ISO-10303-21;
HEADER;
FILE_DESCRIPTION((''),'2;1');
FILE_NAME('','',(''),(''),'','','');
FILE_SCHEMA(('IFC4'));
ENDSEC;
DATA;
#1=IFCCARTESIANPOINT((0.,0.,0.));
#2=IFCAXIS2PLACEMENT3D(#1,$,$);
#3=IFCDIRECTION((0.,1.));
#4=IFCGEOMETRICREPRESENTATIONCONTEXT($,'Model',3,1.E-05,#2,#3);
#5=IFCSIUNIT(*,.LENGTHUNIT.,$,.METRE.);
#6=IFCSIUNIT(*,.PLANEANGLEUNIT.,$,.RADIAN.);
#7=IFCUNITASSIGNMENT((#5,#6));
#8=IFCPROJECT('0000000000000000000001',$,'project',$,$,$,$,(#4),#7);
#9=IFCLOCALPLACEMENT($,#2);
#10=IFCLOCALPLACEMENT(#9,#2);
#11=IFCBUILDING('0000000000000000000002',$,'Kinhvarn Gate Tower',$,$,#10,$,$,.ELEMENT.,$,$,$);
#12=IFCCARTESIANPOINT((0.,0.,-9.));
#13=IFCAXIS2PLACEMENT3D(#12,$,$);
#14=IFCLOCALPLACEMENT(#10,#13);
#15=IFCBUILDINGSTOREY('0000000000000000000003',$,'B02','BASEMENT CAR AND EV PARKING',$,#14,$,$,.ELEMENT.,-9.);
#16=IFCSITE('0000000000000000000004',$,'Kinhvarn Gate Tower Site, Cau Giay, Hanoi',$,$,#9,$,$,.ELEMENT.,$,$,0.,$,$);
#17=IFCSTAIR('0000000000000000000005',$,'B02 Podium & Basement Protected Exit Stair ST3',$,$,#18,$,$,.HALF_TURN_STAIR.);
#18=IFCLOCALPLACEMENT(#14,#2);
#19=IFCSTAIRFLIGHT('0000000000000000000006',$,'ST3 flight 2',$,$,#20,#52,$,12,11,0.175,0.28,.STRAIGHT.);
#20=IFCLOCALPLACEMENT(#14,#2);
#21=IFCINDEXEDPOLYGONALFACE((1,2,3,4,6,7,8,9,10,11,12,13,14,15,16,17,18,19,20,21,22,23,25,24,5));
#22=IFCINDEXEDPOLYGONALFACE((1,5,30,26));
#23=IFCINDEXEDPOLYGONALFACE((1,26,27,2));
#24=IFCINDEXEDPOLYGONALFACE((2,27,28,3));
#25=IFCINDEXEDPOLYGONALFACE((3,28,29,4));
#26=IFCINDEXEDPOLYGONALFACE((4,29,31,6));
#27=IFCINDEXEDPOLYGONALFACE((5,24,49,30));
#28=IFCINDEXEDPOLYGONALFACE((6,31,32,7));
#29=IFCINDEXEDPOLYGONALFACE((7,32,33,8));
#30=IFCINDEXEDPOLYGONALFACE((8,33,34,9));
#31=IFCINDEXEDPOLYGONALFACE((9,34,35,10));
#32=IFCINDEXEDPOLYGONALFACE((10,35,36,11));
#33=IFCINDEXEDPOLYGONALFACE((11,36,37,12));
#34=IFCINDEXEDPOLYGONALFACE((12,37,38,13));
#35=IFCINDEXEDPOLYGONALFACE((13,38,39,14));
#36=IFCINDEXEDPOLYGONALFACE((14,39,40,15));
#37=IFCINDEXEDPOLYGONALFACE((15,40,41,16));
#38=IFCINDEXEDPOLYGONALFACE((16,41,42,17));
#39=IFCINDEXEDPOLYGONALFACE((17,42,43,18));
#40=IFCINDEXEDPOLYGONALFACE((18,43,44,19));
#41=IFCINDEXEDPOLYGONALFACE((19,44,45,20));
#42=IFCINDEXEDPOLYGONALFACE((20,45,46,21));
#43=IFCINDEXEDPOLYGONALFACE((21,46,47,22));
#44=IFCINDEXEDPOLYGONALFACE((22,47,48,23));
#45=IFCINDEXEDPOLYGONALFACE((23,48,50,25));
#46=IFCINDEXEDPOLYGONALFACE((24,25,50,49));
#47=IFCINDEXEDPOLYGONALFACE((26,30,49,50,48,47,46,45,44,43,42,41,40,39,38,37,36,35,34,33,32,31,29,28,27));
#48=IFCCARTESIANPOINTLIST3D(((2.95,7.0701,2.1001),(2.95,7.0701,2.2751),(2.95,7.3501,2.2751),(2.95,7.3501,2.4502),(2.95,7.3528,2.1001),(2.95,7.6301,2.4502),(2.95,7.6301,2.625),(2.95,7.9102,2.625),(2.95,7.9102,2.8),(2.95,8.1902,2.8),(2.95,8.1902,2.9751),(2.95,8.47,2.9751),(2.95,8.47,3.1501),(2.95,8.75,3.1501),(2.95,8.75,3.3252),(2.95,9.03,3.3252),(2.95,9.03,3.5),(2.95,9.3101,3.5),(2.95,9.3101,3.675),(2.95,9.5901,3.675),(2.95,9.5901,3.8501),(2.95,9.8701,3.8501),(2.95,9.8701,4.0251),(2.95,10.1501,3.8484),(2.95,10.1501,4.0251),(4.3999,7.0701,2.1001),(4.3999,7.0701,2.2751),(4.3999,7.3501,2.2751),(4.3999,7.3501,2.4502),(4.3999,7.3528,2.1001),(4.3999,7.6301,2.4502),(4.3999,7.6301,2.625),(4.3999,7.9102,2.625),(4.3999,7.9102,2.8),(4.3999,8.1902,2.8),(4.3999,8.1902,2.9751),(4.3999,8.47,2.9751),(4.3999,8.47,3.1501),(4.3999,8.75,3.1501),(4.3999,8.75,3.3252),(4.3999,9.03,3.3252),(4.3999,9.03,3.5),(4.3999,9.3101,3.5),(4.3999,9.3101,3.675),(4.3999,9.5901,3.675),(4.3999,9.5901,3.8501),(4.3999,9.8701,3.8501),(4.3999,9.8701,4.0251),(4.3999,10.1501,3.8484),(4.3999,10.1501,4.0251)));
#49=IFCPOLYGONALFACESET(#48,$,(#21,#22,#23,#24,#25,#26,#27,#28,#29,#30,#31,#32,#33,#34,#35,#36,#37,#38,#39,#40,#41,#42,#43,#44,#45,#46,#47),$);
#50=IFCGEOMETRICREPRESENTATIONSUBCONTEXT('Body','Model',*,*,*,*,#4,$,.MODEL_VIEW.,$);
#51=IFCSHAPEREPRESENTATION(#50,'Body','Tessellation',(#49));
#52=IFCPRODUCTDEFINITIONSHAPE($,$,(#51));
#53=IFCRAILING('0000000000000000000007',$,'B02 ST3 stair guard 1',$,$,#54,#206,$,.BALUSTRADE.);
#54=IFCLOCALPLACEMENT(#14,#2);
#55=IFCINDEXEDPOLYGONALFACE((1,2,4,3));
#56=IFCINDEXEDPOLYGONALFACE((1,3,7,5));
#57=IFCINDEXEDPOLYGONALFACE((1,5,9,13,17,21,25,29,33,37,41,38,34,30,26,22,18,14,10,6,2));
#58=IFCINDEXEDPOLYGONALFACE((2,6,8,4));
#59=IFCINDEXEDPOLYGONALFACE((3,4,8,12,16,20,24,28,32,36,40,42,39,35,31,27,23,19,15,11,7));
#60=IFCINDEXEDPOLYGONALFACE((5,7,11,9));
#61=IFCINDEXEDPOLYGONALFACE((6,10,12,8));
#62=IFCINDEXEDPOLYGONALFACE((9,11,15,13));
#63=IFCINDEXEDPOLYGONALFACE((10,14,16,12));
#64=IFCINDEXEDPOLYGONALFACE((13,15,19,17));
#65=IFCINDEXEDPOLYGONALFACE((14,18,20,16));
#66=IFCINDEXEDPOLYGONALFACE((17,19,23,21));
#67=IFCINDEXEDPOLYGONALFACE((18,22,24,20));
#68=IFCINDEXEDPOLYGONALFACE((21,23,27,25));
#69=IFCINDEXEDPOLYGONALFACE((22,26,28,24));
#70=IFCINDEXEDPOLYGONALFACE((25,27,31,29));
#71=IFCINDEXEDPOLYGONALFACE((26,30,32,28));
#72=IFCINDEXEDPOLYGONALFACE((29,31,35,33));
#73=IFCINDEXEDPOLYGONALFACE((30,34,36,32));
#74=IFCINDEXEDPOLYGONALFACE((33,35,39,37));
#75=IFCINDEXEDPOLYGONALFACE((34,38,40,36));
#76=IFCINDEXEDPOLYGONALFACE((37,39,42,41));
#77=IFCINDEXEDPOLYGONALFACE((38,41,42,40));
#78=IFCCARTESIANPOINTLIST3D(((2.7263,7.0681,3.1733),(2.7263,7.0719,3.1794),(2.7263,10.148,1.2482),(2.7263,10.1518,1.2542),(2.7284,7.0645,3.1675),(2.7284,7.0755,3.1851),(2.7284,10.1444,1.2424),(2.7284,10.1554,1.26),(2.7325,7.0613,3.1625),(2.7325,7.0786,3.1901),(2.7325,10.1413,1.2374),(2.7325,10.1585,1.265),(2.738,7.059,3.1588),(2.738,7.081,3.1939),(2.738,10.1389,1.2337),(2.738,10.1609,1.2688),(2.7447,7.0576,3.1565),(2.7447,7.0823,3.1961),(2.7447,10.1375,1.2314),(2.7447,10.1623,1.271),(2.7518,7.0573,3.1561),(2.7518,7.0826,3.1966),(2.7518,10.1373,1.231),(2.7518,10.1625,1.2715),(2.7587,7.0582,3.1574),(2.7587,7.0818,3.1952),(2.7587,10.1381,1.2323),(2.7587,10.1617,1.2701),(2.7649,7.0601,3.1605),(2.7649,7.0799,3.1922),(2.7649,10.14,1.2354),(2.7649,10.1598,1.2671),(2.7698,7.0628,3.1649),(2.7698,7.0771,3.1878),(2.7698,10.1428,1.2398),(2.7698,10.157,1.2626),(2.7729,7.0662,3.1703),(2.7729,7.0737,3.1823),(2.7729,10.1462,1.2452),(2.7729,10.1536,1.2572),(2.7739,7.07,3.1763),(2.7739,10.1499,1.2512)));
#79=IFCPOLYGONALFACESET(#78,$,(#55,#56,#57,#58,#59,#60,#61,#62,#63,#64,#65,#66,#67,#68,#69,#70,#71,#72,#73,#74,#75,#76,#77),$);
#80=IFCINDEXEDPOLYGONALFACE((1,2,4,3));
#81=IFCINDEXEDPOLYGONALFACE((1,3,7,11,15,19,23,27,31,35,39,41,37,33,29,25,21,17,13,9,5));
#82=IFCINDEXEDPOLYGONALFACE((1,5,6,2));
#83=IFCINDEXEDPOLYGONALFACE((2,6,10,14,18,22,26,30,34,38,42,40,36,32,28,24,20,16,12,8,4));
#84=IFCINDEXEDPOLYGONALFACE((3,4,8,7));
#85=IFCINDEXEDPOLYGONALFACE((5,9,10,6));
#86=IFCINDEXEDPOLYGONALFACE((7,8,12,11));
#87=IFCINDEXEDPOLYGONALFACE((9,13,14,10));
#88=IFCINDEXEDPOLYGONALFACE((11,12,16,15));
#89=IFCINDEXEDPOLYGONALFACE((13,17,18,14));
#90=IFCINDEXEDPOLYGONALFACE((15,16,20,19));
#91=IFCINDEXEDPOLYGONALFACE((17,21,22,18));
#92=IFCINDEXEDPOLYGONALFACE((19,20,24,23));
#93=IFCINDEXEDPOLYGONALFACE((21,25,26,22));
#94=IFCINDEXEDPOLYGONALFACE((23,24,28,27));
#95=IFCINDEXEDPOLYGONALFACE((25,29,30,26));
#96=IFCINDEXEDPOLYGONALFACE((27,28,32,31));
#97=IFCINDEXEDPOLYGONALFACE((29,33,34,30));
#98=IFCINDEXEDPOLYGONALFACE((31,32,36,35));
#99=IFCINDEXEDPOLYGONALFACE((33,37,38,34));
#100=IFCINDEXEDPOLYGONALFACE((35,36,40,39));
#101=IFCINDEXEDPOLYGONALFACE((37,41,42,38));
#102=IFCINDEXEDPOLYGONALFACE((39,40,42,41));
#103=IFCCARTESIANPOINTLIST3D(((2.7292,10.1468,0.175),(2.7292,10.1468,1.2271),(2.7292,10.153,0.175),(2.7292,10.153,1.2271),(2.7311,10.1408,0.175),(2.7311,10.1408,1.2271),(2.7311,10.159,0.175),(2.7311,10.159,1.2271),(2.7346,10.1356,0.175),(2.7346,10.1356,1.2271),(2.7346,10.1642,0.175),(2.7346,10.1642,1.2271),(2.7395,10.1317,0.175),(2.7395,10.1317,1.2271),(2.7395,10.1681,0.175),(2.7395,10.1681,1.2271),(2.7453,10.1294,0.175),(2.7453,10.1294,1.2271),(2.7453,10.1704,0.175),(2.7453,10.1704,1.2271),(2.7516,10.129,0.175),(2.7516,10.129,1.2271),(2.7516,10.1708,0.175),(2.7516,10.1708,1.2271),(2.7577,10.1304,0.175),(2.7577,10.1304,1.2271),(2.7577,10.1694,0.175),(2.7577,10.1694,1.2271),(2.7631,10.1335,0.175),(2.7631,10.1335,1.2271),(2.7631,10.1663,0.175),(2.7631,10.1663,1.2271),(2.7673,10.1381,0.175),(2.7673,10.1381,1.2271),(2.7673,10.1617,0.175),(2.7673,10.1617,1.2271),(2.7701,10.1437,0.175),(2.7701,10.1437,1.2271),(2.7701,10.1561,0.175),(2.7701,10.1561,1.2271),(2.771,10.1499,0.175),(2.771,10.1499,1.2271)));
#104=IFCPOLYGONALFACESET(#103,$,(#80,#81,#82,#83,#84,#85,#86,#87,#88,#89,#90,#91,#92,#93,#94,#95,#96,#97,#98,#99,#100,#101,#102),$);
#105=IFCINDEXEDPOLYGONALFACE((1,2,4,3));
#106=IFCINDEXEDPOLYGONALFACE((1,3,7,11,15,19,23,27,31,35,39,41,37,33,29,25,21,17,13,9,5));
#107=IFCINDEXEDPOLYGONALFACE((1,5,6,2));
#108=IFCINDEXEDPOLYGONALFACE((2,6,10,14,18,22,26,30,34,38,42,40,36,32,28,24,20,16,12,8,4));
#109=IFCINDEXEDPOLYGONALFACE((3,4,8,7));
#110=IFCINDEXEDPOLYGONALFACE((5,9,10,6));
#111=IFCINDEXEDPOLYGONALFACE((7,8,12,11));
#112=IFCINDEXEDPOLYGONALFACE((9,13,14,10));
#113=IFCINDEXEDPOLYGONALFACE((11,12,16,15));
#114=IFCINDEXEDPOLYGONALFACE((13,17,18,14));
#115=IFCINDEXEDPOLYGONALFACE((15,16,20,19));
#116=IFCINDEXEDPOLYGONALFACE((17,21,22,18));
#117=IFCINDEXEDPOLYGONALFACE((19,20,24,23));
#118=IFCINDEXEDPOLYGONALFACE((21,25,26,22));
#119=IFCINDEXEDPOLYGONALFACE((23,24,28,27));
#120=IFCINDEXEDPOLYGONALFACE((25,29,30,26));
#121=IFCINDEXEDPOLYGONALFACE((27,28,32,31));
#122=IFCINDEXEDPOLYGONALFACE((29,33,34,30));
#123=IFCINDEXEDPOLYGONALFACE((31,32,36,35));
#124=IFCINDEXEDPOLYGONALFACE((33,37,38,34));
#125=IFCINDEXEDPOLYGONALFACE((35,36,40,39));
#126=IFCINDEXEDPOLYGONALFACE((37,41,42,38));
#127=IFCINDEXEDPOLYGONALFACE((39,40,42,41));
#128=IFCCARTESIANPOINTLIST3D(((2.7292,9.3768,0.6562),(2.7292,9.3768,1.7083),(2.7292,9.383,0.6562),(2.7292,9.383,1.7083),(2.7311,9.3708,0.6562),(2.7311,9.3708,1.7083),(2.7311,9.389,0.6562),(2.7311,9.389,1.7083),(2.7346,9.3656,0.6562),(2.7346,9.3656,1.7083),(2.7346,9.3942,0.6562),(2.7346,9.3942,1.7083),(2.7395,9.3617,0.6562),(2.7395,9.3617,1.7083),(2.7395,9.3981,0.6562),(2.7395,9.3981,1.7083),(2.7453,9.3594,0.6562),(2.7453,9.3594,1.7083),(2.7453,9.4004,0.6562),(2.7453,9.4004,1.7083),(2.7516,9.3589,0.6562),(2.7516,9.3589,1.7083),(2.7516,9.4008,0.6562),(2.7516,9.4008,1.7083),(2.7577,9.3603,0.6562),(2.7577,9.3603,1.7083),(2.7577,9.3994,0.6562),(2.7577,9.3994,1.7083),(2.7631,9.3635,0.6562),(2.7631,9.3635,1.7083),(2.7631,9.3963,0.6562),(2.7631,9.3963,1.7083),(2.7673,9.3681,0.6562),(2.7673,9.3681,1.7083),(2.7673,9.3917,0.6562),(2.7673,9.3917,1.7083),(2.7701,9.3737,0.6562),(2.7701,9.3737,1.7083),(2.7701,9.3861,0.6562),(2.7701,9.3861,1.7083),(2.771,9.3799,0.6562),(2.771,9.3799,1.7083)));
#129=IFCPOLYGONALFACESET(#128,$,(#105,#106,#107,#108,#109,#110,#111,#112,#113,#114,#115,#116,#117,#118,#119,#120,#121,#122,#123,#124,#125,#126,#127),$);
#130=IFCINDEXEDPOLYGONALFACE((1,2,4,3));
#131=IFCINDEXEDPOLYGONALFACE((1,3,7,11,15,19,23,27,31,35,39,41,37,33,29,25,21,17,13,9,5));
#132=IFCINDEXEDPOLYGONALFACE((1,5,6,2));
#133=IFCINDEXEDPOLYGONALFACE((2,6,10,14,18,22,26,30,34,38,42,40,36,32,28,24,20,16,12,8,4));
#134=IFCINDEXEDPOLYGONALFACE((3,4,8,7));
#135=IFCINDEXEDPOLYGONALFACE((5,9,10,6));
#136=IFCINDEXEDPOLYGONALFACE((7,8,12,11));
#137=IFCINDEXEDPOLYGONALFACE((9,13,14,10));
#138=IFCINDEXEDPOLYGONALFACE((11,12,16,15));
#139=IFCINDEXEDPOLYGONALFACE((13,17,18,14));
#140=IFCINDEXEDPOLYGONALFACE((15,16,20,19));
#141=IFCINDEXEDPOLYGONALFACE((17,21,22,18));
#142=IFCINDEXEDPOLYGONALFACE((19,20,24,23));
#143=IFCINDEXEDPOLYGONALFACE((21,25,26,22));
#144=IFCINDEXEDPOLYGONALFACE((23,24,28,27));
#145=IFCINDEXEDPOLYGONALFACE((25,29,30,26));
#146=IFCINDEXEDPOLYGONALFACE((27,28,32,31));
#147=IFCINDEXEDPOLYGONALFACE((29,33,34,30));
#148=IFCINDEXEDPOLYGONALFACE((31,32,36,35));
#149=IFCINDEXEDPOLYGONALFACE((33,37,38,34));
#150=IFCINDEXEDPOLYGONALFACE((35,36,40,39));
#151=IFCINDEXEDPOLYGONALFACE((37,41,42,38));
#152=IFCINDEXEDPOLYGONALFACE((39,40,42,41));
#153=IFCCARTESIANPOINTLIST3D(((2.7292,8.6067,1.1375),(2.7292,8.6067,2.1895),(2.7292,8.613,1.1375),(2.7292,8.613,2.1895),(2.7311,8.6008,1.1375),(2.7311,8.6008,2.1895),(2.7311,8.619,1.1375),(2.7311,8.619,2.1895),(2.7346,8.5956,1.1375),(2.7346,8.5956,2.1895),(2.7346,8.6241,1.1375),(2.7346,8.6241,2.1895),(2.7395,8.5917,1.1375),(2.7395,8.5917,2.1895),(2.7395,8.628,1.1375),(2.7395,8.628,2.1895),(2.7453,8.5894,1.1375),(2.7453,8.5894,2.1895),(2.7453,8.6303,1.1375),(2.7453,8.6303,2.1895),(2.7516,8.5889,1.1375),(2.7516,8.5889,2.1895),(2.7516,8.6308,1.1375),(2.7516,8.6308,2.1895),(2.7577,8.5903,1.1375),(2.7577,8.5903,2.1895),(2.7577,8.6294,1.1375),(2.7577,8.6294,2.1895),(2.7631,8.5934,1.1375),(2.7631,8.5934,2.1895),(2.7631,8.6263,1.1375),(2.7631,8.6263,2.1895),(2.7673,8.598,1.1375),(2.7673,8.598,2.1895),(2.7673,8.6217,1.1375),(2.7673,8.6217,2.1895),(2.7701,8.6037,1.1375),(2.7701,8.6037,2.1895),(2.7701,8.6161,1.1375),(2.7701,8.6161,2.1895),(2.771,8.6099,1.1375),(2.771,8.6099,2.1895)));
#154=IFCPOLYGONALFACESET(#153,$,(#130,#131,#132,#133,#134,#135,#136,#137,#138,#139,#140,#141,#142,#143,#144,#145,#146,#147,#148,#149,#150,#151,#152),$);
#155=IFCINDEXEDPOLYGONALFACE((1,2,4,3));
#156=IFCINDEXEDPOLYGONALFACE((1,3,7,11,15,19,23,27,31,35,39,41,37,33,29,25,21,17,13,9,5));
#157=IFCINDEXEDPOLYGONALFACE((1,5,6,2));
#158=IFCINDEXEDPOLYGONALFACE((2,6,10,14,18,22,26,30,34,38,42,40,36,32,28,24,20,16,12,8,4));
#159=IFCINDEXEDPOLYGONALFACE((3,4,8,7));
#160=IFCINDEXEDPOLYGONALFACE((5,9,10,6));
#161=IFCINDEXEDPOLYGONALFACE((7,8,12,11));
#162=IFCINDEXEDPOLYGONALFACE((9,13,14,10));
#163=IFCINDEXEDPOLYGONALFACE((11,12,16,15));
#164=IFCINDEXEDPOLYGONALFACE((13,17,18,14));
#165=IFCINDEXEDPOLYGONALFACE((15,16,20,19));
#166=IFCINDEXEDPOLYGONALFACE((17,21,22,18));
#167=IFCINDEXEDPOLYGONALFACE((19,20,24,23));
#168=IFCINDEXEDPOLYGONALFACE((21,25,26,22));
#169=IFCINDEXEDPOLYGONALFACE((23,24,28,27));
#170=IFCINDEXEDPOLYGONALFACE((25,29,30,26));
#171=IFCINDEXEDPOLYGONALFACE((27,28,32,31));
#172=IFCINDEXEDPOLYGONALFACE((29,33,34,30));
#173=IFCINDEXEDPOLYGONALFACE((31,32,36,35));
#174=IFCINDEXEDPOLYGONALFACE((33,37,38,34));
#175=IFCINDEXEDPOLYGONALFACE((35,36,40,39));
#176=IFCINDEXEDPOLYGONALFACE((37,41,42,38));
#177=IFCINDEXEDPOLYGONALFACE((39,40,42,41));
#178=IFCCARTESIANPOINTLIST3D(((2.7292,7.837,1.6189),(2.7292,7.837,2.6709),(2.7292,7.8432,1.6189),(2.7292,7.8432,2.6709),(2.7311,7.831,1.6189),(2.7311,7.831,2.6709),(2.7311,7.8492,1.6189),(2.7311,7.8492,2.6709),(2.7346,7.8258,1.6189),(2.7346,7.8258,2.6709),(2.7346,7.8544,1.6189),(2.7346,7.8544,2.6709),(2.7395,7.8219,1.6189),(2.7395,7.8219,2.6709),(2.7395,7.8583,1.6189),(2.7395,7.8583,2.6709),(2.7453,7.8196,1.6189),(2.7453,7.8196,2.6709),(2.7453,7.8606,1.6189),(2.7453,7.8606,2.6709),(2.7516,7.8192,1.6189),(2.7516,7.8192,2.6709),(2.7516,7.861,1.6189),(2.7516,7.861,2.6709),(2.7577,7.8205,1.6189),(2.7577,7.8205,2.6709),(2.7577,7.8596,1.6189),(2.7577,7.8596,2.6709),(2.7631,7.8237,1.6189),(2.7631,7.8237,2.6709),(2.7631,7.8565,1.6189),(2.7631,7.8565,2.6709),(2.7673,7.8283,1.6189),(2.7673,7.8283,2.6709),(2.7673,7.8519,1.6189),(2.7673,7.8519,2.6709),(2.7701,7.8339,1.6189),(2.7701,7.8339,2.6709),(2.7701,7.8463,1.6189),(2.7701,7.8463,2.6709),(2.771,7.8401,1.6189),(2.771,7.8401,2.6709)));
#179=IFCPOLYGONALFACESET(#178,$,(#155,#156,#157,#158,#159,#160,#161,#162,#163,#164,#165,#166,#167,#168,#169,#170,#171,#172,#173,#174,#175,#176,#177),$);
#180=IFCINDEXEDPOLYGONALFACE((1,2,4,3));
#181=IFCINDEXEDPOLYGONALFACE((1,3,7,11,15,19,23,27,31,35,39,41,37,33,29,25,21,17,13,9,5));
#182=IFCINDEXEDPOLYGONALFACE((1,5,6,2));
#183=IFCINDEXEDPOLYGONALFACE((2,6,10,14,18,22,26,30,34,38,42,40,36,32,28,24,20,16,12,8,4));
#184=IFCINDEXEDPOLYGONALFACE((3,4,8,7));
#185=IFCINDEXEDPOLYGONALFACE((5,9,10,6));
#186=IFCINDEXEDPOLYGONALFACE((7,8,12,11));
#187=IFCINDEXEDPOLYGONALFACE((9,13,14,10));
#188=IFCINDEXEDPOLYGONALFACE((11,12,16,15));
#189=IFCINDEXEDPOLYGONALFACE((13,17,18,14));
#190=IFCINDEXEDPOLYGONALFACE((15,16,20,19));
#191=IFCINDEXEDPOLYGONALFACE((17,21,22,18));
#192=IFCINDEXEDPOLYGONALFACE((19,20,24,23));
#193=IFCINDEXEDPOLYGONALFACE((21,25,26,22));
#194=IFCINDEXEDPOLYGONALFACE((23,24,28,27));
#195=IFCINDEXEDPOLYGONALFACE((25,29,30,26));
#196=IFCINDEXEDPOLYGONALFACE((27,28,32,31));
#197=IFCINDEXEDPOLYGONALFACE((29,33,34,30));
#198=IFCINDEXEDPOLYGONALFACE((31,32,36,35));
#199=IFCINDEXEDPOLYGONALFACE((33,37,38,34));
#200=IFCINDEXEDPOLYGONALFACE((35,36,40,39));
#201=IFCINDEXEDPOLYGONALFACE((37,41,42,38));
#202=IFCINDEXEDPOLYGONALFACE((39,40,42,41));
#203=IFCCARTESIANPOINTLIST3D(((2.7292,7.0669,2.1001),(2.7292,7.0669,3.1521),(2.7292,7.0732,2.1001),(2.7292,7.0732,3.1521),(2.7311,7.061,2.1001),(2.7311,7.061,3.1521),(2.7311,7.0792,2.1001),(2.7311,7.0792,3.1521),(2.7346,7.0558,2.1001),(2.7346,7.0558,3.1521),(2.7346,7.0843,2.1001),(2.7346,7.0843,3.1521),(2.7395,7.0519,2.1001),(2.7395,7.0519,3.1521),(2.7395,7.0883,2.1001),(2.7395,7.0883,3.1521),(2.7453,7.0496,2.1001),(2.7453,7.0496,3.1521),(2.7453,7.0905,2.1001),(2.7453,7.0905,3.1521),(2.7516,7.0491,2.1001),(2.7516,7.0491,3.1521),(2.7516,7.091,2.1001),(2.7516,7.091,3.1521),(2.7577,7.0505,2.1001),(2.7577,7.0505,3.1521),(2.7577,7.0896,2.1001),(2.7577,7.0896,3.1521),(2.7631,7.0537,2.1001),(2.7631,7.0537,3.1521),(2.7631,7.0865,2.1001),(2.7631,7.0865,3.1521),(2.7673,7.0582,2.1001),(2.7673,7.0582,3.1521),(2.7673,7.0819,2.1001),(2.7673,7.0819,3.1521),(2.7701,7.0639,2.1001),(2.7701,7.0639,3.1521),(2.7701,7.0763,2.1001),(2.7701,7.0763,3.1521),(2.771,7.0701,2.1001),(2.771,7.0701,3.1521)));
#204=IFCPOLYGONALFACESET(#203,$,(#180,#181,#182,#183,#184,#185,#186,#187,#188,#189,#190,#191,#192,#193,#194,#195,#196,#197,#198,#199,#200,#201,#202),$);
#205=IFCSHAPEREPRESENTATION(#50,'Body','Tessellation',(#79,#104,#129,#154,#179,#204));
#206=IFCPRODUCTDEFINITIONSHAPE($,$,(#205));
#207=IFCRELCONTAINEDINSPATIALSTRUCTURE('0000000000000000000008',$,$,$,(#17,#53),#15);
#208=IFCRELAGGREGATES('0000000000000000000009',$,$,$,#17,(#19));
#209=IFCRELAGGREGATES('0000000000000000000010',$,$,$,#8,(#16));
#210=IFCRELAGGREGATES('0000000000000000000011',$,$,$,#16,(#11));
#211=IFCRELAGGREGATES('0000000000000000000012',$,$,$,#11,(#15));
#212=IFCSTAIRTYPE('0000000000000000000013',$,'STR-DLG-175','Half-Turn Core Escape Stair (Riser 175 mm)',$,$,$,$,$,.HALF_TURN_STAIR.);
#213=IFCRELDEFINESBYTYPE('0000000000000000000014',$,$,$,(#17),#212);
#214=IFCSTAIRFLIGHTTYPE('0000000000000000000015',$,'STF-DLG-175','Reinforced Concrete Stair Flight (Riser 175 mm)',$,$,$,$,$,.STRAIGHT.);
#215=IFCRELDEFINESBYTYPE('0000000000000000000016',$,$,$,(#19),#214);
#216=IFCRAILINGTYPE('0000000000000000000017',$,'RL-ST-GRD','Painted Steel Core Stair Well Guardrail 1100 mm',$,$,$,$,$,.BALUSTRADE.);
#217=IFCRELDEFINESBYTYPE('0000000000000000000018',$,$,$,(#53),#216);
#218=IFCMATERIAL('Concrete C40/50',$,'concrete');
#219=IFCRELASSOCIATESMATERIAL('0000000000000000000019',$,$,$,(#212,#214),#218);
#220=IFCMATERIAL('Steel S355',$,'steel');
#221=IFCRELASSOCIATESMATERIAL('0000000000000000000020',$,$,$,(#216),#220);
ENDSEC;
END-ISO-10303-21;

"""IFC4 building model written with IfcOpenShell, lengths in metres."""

from ifc_helpers import new_model, si_unit, direction, frame, origin, origin_2d, place, context, subcontext, project, spatial, polyline, circle, outline, extrude, material, type_object, element, aggregate, save


model = new_model("IFC4")

# Units and contexts
model_context = context("Model", 3, precision=1e-05, world=origin(), true_north=direction((0.0, 1.0)))
body_context = subcontext(model_context, "Body", "Model", "MODEL_VIEW")
ifc_project = project(units=[si_unit("LENGTHUNIT", "METRE"), si_unit("PLANEANGLEUNIT", "RADIAN")], contexts=[model_context])

# Site, building, storey
site_placement = place(None, origin())
site = spatial("IfcSite", under=ifc_project, at=site_placement, Name="Kinhvarn Gate Tower Site, Cau Giay, Hanoi", CompositionType="ELEMENT", RefElevation=0.0)
building_placement = place(site_placement, origin())
building = spatial("IfcBuilding", under=site, at=building_placement, Name="Kinhvarn Gate Tower", CompositionType="ELEMENT")
storey_placement = place(building_placement, frame((0.0, 0.0, -9.0)))
storey = spatial("IfcBuildingStorey", under=building, at=storey_placement, Name="B02", Description="BASEMENT CAR AND EV PARKING", CompositionType="ELEMENT", Elevation=-9.0)

# Shared definitions
ifc_material_1 = material(Name="Steel S355", Category="steel")

# Shared definitions
ifc_material_2 = material(Name="Concrete C40/50", Category="concrete")

# Stair
stair_type = type_object("IfcStairType", Name="STR-DLG-175", Description="Half-Turn Core Escape Stair (Riser 175 mm)", PredefinedType="HALF_TURN_STAIR", material=ifc_material_2)
stair_1_placement = place(storey_placement, origin())
stair_1 = element("IfcStair", 1, at=stair_1_placement, inside=storey, type_object=stair_type, Name="B02 Podium & Basement Protected Exit Stair ST3", PredefinedType="HALF_TURN_STAIR")

# Stair flight
stair_flight_type = type_object("IfcStairFlightType", Name="STF-DLG-175", Description="Reinforced Concrete Stair Flight (Riser 175 mm)", PredefinedType="STRAIGHT", material=ifc_material_2)
stair_flight_1_placement = place(storey_placement, frame((3.675, 7.0701, 2.1001), z_axis=(0.0, 0.0, 1.0), x_axis=(0.0, 1.0, 0.0)))
stair_flight_1 = element("IfcStairFlight", 2, at=stair_flight_1_placement, type_object=stair_flight_type, Name="ST3 flight 2", NumberOfRisers=12, NumberOfTreads=11, PredefinedType="STRAIGHT", RiserHeight=0.175, TreadLength=0.28, context=body_context, shape_type="SweptSolid", body=[
    extrude(outline(polyline([(0.0, 0.0), (0.0, 0.175), (0.28, 0.175), (0.28, 0.3501), (0.5601, 0.3501), (0.5601, 0.5249), (0.8401, 0.5249), (0.8401, 0.7), (1.1201, 0.7), (1.1201, 0.875), (1.3999, 0.875), (1.3999, 1.05), (1.6799, 1.05), (1.6799, 1.2251), (1.96, 1.2251), (1.96, 1.3999), (2.24, 1.3999), (2.24, 1.575), (2.52, 1.575), (2.52, 1.75), (2.8, 1.75), (2.8, 1.925), (3.0801, 1.925), (3.0801, 2.1001), (3.0801, 1.7483), (0.2827, 0.0), (0.0, 0.0)])), frame((0.0, 0.7251, 0.0), z_axis=(0.0, -1.0, 0.0), x_axis=(1.0, 0.0, 0.0)), (0.0, 0.0, 1.0), 1.45),
])
aggregate(stair_1, [stair_flight_1])

# Railing
railing_type_1 = type_object("IfcRailingType", Name="RL-ST-GRD", Description="Painted Steel Core Stair Well Guardrail 1100 mm", PredefinedType="BALUSTRADE", material=ifc_material_1)
railing_1_placement = place(storey_placement, frame((2.75, 10.1499, 0.175)))
element("IfcRailing", 3, at=railing_1_placement, inside=storey, type_object=railing_type_1, Name="B02 ST3 stair guard 1", PredefinedType="BALUSTRADE", context=body_context, shape_type="SweptSolid", body=[
    extrude(circle(Radius=0.0239, at=origin_2d()), frame((0.0, 0.0, 1.0762), z_axis=(0.0, -0.847979, 0.530029), x_axis=(1.0, 0.0, 0.0)), (0.0, 0.0, 1.0), 3.6321),
    extrude(circle(Radius=0.021, at=origin_2d()), origin(), (0.0, 0.0, 1.0), 1.052),
    extrude(circle(Radius=0.021, at=origin_2d()), frame((0.0, -0.77, 0.4812)), (0.0, 0.0, 1.0), 1.052),
    extrude(circle(Radius=0.021, at=origin_2d()), frame((0.0, -1.54, 0.9624)), (0.0, 0.0, 1.0), 1.052),
    extrude(circle(Radius=0.021, at=origin_2d()), frame((0.0, -2.3098, 1.4438)), (0.0, 0.0, 1.0), 1.052),
    extrude(circle(Radius=0.021, at=origin_2d()), frame((0.0, -3.0798, 1.925)), (0.0, 0.0, 1.0), 1.052),
])

save(model, "model.ifc")
